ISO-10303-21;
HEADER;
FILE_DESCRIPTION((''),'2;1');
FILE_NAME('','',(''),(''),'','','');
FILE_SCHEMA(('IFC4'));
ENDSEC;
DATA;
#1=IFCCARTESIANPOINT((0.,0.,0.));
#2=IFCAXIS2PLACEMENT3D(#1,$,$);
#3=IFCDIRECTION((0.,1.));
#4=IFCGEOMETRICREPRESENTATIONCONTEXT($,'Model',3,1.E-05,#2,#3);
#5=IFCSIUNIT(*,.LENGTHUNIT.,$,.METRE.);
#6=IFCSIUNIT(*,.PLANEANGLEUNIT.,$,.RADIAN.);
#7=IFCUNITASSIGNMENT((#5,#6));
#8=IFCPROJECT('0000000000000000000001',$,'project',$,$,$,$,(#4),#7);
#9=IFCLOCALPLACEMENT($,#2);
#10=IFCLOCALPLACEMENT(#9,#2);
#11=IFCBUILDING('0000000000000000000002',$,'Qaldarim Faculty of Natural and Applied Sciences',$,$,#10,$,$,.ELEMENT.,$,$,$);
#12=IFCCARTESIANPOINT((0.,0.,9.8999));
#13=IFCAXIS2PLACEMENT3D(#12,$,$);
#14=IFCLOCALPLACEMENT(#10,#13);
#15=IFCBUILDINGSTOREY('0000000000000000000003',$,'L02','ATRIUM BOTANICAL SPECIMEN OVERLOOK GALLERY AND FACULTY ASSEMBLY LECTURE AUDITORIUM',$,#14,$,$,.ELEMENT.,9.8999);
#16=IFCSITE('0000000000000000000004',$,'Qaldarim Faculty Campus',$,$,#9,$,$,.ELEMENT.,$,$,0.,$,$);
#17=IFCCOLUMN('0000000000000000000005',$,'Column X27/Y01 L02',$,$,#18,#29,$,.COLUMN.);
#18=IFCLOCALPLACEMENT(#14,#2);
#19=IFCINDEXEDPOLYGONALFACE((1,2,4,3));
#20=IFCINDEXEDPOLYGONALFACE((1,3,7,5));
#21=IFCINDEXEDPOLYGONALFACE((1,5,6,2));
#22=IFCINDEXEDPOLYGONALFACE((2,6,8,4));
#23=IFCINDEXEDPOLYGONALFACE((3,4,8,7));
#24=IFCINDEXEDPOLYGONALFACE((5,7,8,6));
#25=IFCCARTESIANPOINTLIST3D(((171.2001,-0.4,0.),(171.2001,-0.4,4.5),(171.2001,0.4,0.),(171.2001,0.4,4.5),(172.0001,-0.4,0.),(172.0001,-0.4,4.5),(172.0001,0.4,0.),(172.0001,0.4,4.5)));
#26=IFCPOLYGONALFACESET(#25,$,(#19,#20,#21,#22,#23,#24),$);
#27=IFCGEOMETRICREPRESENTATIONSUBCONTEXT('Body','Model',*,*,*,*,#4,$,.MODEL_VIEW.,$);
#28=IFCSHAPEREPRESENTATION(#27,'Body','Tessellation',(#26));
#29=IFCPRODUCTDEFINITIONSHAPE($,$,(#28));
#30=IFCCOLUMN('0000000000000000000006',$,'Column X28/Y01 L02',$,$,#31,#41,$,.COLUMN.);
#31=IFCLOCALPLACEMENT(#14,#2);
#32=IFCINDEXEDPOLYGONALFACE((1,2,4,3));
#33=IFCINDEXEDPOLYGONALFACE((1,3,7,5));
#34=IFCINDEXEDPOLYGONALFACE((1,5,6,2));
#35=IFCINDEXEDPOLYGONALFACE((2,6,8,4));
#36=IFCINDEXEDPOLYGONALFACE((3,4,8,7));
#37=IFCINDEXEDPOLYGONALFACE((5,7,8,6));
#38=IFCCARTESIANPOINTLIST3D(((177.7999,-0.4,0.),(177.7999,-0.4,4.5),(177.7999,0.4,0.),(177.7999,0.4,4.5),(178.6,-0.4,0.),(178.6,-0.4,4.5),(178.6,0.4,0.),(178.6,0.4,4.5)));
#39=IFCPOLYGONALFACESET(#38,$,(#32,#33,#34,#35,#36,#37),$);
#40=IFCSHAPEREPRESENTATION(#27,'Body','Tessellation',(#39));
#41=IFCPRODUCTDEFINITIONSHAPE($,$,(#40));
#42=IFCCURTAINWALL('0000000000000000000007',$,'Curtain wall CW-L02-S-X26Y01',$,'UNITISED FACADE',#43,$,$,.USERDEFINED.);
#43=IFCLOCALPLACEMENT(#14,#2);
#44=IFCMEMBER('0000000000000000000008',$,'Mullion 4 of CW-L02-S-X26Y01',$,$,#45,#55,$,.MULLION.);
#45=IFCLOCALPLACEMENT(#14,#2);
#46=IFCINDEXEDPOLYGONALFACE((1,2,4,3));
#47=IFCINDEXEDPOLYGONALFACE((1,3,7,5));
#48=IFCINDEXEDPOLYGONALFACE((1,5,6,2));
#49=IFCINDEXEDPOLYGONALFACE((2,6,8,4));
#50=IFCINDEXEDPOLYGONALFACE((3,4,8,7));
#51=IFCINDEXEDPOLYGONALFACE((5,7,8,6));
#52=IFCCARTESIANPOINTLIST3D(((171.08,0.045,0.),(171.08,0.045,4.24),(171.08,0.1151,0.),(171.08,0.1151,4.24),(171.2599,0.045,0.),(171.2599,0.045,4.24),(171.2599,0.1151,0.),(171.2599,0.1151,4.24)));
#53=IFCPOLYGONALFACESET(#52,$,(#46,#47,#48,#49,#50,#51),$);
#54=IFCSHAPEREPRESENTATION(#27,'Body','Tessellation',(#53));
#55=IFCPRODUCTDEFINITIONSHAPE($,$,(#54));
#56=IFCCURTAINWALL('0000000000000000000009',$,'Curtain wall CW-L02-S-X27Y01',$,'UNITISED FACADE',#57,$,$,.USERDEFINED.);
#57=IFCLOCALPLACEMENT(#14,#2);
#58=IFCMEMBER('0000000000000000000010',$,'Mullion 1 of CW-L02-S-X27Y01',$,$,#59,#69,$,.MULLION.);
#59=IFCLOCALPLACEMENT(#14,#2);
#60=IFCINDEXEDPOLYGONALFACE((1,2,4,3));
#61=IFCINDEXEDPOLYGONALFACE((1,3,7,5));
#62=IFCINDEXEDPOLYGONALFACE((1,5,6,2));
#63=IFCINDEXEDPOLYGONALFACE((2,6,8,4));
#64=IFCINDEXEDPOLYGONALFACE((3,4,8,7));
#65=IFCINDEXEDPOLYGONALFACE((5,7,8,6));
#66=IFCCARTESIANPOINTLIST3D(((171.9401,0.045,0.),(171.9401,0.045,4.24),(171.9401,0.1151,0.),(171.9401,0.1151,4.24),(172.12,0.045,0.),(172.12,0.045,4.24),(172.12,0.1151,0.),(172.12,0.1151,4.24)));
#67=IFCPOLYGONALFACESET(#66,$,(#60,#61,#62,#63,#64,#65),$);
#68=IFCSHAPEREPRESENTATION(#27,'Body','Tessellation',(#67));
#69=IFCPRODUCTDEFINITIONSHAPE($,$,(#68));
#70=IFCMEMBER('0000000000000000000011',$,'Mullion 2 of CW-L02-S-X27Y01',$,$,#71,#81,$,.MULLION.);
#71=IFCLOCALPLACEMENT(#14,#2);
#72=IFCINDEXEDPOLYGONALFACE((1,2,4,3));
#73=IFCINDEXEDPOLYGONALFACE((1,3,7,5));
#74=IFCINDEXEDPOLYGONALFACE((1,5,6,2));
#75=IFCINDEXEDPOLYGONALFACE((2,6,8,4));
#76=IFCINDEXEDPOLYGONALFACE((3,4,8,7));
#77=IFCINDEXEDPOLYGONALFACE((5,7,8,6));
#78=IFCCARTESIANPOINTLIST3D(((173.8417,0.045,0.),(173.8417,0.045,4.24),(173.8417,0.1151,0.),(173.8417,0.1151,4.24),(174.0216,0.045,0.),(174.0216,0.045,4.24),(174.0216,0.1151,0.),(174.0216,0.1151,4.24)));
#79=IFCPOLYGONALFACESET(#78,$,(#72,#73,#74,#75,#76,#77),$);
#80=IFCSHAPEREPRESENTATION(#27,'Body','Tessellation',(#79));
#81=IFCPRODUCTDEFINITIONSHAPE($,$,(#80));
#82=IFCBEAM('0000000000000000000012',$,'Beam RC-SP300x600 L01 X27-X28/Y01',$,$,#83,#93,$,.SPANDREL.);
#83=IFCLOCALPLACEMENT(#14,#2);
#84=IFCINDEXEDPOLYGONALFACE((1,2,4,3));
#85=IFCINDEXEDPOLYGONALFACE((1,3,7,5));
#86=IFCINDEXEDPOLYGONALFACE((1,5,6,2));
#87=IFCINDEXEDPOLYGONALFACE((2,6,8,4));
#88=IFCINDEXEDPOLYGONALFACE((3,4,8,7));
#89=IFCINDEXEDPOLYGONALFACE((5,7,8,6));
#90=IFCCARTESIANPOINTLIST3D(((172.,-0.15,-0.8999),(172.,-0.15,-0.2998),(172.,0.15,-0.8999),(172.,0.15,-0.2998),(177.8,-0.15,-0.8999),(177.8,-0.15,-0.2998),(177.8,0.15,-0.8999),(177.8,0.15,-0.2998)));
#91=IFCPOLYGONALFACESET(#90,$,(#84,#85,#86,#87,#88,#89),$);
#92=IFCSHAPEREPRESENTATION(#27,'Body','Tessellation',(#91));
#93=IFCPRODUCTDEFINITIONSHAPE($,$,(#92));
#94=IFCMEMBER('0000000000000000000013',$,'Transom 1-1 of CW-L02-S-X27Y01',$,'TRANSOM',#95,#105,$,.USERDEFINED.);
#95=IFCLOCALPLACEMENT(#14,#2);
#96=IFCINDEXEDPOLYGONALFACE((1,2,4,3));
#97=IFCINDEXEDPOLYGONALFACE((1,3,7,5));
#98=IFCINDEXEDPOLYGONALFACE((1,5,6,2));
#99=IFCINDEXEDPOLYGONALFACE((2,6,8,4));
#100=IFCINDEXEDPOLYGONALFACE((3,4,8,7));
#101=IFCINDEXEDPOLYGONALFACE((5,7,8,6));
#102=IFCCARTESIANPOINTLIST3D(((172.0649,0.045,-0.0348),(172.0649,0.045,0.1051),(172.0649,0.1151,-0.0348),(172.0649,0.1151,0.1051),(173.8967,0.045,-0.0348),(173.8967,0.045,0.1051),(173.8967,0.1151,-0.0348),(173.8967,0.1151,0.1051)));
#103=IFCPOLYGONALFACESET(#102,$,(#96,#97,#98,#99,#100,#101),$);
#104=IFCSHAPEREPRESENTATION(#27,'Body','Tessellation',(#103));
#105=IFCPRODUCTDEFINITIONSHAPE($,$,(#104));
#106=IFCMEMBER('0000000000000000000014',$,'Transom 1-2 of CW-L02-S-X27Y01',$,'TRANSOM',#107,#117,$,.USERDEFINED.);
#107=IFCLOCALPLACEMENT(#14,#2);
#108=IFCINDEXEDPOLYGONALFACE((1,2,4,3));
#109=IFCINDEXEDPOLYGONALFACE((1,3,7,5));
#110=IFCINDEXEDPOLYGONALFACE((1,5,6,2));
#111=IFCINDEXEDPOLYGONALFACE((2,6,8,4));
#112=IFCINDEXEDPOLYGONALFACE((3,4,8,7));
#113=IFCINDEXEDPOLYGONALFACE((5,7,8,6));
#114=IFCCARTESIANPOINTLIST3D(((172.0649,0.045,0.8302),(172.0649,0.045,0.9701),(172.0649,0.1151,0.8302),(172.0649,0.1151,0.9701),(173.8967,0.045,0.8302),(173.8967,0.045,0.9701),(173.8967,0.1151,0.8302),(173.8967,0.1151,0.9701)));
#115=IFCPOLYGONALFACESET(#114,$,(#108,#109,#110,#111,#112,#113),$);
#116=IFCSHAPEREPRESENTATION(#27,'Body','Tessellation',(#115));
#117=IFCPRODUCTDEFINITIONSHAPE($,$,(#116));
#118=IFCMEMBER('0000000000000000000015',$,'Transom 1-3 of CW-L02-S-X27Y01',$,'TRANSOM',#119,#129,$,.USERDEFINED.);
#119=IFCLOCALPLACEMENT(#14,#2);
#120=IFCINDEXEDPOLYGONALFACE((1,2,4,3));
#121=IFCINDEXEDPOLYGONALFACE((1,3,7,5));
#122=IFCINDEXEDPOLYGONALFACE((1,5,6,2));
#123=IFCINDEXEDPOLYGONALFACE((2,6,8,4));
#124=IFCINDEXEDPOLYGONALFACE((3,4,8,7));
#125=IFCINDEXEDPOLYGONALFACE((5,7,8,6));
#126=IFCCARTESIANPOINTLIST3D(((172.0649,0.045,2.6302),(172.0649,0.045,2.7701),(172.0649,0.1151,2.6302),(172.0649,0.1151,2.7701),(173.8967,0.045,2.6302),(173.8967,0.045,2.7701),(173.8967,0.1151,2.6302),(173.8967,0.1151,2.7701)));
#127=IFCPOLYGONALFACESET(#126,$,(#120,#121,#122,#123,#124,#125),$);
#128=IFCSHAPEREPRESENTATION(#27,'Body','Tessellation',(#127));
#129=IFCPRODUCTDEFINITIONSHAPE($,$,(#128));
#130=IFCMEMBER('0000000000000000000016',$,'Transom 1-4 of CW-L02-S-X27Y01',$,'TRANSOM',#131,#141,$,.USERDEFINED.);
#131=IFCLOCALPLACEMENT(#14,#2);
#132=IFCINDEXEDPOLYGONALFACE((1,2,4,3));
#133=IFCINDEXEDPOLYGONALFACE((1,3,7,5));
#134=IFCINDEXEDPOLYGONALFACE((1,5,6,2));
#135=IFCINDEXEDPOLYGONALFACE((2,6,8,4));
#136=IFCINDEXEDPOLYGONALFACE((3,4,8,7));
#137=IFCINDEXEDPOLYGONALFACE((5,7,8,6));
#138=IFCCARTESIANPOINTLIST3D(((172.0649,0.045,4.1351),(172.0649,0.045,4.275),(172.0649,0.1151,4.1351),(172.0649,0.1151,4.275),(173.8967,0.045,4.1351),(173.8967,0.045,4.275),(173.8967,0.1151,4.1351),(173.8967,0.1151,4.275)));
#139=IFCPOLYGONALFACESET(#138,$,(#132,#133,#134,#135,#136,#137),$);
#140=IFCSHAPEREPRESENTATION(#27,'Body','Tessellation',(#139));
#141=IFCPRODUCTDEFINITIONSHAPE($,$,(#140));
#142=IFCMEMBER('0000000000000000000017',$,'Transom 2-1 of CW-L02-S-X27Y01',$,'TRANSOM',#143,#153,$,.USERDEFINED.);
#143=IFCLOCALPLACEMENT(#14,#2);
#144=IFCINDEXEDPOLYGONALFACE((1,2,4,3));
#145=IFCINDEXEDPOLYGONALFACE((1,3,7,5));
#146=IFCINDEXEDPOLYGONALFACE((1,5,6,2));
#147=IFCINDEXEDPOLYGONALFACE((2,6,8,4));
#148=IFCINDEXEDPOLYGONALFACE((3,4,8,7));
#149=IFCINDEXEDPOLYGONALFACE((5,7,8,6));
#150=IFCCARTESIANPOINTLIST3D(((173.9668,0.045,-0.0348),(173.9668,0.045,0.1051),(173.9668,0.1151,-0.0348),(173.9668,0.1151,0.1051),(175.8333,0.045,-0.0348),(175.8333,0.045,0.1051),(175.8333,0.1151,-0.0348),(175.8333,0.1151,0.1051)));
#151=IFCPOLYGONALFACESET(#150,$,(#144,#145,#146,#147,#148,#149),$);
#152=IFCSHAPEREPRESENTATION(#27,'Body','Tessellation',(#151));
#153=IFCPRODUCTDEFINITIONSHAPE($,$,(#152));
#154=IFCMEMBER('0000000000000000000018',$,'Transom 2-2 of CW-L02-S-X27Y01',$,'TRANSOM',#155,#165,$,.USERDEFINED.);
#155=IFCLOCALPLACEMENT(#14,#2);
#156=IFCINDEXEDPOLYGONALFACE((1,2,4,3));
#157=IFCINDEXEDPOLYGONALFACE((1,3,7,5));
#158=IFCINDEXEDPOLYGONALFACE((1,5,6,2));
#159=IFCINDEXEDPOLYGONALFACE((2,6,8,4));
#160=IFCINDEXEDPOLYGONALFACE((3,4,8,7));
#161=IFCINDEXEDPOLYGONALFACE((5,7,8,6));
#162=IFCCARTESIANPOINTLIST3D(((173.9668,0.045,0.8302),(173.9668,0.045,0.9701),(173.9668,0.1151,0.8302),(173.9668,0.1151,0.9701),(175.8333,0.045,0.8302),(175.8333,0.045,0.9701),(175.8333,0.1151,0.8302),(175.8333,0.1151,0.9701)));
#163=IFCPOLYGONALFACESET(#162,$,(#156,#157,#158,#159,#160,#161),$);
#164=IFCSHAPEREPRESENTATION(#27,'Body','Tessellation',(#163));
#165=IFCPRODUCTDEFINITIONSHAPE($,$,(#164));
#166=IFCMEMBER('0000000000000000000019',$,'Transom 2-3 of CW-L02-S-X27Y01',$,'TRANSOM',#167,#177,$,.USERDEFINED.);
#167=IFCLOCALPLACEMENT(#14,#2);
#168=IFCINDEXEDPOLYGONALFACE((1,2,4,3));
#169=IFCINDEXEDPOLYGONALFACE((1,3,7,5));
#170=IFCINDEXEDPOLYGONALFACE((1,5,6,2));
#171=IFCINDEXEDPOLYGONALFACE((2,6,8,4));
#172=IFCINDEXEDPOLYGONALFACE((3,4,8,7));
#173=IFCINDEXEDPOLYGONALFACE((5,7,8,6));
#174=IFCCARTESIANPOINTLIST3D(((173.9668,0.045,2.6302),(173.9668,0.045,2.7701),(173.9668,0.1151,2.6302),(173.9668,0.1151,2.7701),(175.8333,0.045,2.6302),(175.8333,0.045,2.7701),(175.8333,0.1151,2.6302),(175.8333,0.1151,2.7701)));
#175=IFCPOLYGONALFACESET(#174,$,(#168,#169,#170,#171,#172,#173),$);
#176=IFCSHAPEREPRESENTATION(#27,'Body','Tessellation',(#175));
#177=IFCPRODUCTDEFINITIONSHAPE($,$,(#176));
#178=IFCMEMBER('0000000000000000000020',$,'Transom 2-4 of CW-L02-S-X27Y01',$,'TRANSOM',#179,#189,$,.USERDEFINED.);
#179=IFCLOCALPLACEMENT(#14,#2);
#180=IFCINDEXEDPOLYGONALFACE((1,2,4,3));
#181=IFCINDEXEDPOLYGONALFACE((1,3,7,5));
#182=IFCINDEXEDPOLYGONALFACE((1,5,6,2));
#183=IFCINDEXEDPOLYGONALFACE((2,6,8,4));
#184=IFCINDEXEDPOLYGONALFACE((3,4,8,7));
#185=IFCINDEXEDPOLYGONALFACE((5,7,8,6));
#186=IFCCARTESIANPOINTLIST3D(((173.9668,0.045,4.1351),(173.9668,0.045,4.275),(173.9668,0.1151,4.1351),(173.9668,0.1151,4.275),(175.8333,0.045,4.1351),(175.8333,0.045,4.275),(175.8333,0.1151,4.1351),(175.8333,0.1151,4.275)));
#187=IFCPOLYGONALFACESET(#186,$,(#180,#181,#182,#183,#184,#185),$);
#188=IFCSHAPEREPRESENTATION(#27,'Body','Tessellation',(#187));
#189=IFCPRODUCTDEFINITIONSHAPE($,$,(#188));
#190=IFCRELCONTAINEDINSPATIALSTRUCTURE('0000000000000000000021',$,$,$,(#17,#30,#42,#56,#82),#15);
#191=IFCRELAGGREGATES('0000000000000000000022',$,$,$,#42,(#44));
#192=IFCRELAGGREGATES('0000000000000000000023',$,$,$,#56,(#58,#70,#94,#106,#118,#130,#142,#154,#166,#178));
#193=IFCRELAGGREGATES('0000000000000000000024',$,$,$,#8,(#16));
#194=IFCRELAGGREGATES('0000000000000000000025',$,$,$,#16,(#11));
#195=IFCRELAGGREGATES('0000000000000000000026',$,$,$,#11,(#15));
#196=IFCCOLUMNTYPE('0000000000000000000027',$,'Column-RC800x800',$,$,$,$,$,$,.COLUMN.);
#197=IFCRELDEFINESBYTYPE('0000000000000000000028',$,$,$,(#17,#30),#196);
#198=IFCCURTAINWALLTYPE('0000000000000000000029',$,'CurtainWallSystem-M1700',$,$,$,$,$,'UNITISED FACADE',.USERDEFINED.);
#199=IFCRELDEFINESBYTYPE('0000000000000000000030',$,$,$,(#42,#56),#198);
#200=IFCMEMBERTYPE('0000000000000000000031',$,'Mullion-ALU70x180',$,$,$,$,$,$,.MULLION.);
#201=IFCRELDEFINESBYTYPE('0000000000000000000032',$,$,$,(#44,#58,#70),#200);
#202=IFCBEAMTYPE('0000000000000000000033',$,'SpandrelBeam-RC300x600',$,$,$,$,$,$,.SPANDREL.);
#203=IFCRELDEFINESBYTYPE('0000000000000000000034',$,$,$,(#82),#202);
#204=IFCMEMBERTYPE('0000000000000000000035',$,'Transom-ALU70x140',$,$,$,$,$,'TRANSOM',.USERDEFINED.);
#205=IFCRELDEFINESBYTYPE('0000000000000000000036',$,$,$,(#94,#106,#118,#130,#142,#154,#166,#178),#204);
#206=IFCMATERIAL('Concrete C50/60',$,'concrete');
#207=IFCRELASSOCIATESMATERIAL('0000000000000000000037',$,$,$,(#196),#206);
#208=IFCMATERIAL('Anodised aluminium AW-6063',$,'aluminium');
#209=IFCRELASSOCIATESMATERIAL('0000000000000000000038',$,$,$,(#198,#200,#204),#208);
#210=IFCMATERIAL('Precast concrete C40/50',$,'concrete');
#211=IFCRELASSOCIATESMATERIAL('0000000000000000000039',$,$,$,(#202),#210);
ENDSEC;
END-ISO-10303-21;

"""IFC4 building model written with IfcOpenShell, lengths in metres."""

from ifc_helpers import new_model, si_unit, direction, frame, origin, origin_2d, place, context, subcontext, project, spatial, rectangle, extrude, material, material_profile, profile_set, type_object, element, aggregate, save


model = new_model("IFC4")

# Units and contexts
model_context = context("Model", 3, precision=1e-05, world=origin(), true_north=direction((0.0, 1.0)))
body_context = subcontext(model_context, "Body", "Model", "MODEL_VIEW")
ifc_project = project(units=[si_unit("LENGTHUNIT", "METRE"), si_unit("PLANEANGLEUNIT", "RADIAN")], contexts=[model_context])

# Site, building, storey
site_placement = place(None, origin())
site = spatial("IfcSite", under=ifc_project, at=site_placement, Name="Qaldarim Faculty Campus", CompositionType="ELEMENT", RefElevation=0.0)
building_placement = place(site_placement, origin())
building = spatial("IfcBuilding", under=site, at=building_placement, Name="Qaldarim Faculty of Natural and Applied Sciences", CompositionType="ELEMENT")
storey_placement = place(building_placement, frame((0.0, 0.0, 9.8999)))
storey = spatial("IfcBuildingStorey", under=building, at=storey_placement, Name="L02", Description="ATRIUM BOTANICAL SPECIMEN OVERLOOK GALLERY AND FACULTY ASSEMBLY LECTURE AUDITORIUM", CompositionType="ELEMENT", Elevation=9.8999)

# Columns
ifc_material_1 = material(Name="Concrete C50/60", Category="concrete")
ifc_material_profile_1 = material_profile(ifc_material_1, rectangle(XDim=0.8, YDim=0.8, at=origin_2d()), Name="RC-C800x800")
ifc_profile_set_1 = profile_set([ifc_material_profile_1], Name="Concrete C50/60")
column_type = type_object("IfcColumnType", Name="Column-RC800x800", PredefinedType="COLUMN", material=ifc_profile_set_1)
for number, where, z_axis, x_axis, name in (
    (1, (171.6001, 0.0, 0.0), (0.0, 0.0, 1.0), (1.0, 0.0, 0.0), "Column X27/Y01 L02"),
    (2, (178.2, 0.0, 0.0), (0.0, 0.0, 1.0), (1.0, 0.0, 0.0), "Column X28/Y01 L02"),
):
    element("IfcColumn", number, at=place(storey_placement, frame(where, z_axis=z_axis, x_axis=x_axis)), inside=storey, type_object=column_type, Name=name, PredefinedType="COLUMN", context=body_context, shape_type="SweptSolid", body=[
        extrude(rectangle(XDim=0.8, YDim=0.8, at=origin_2d()), origin(), (0.0, 0.0, 1.0), 4.5),
    ])

# Curtain wall, member
ifc_material_2 = material(Name="Anodised aluminium AW-6063", Category="aluminium")
curtain_wall_type = type_object("IfcCurtainWallType", Name="CurtainWallSystem-M1700", ElementType="UNITISED FACADE", PredefinedType="USERDEFINED", material=ifc_material_2)
curtain_wall_1_placement = place(storey_placement, origin())
curtain_wall_1 = element("IfcCurtainWall", 3, at=curtain_wall_1_placement, inside=storey, type_object=curtain_wall_type, Name="Curtain wall CW-L02-S-X26Y01", ObjectType="UNITISED FACADE", PredefinedType="USERDEFINED")
ifc_material_profile_2 = material_profile(ifc_material_2, rectangle(XDim=0.0701, YDim=0.1799, at=origin_2d()), Name="ALU-M70x180")
ifc_profile_set_2 = profile_set([ifc_material_profile_2], Name="Anodised aluminium AW-6063")
member_type_1 = type_object("IfcMemberType", Name="Mullion-ALU70x180", PredefinedType="MULLION", material=ifc_profile_set_2)
member_1_placement = place(storey_placement, frame((171.1699, 0.0801, 0.0), z_axis=(0.0, 0.0, 1.0), x_axis=(0.0, 1.0, 0.0)))
member_1 = element("IfcMember", 4, at=member_1_placement, type_object=member_type_1, Name="Mullion 4 of CW-L02-S-X26Y01", PredefinedType="MULLION", context=body_context, shape_type="SweptSolid", body=[
    extrude(rectangle(XDim=0.0701, YDim=0.1799, at=origin_2d()), origin(), (0.0, 0.0, 1.0), 4.24),
])

# Curtain wall, members
curtain_wall_2_placement = place(storey_placement, origin())
curtain_wall_2 = element("IfcCurtainWall", 5, at=curtain_wall_2_placement, inside=storey, type_object=curtain_wall_type, Name="Curtain wall CW-L02-S-X27Y01", ObjectType="UNITISED FACADE", PredefinedType="USERDEFINED")
member_2_placement = place(storey_placement, frame((172.03, 0.0801, 0.0), z_axis=(0.0, 0.0, 1.0), x_axis=(0.0, 1.0, 0.0)))
member_2 = element("IfcMember", 6, at=member_2_placement, type_object=member_type_1, Name="Mullion 1 of CW-L02-S-X27Y01", PredefinedType="MULLION", context=body_context, shape_type="SweptSolid", body=[
    extrude(rectangle(XDim=0.0701, YDim=0.1799, at=origin_2d()), origin(), (0.0, 0.0, 1.0), 4.24),
])
member_3_placement = place(storey_placement, frame((173.9316, 0.0801, 0.0), z_axis=(0.0, 0.0, 1.0), x_axis=(0.0, 1.0, 0.0)))
member_3 = element("IfcMember", 7, at=member_3_placement, type_object=member_type_1, Name="Mullion 2 of CW-L02-S-X27Y01", PredefinedType="MULLION", context=body_context, shape_type="SweptSolid", body=[
    extrude(rectangle(XDim=0.0701, YDim=0.1799, at=origin_2d()), origin(), (0.0, 0.0, 1.0), 4.24),
])

# Beam
ifc_material_3 = material(Name="Precast concrete C40/50", Category="concrete")
ifc_material_profile_3 = material_profile(ifc_material_3, rectangle(XDim=0.3, YDim=0.6001, at=origin_2d()), Name="RC-SP300x600")
ifc_profile_set_3 = profile_set([ifc_material_profile_3], Name="Precast concrete C40/50")
beam_type = type_object("IfcBeamType", Name="SpandrelBeam-RC300x600", PredefinedType="SPANDREL", material=ifc_profile_set_3)
beam_placement = place(storey_placement, frame((172.0, 0.0, -0.5999), z_axis=(1.0, 0.0, 0.0), x_axis=(0.0, 1.0, 0.0)))
element("IfcBeam", 8, at=beam_placement, inside=storey, type_object=beam_type, Name="Beam RC-SP300x600 L01 X27-X28/Y01", PredefinedType="SPANDREL", context=body_context, shape_type="SweptSolid", body=[
    extrude(rectangle(XDim=0.3, YDim=0.6001, at=origin_2d()), origin(), (0.0, 0.0, 1.0), 5.8),
])

# Members
ifc_material_profile_4 = material_profile(ifc_material_2, rectangle(XDim=0.0701, YDim=0.1399, at=origin_2d()), Name="ALU-T70x140")
ifc_profile_set_4 = profile_set([ifc_material_profile_4], Name="Anodised aluminium AW-6063")
member_type_2 = type_object("IfcMemberType", Name="Transom-ALU70x140", ElementType="TRANSOM", PredefinedType="USERDEFINED", material=ifc_profile_set_4)
member_4_placement = place(storey_placement, frame((172.0649, 0.0801, 0.0352), z_axis=(1.0, 0.0, 0.0), x_axis=(0.0, 1.0, 0.0)))
member_4 = element("IfcMember", 9, at=member_4_placement, type_object=member_type_2, Name="Transom 1-1 of CW-L02-S-X27Y01", ObjectType="TRANSOM", PredefinedType="USERDEFINED", context=body_context, shape_type="SweptSolid", body=[
    extrude(rectangle(XDim=0.0701, YDim=0.1399, at=origin_2d()), origin(), (0.0, 0.0, 1.0), 1.8318),
])
member_5_placement = place(storey_placement, frame((172.0649, 0.0801, 0.9001), z_axis=(1.0, 0.0, 0.0), x_axis=(0.0, 1.0, 0.0)))
member_5 = element("IfcMember", 10, at=member_5_placement, type_object=member_type_2, Name="Transom 1-2 of CW-L02-S-X27Y01", ObjectType="TRANSOM", PredefinedType="USERDEFINED", context=body_context, shape_type="SweptSolid", body=[
    extrude(rectangle(XDim=0.0701, YDim=0.1399, at=origin_2d()), origin(), (0.0, 0.0, 1.0), 1.8318),
])
member_6_placement = place(storey_placement, frame((172.0649, 0.0801, 2.7002), z_axis=(1.0, 0.0, 0.0), x_axis=(0.0, 1.0, 0.0)))
member_6 = element("IfcMember", 11, at=member_6_placement, type_object=member_type_2, Name="Transom 1-3 of CW-L02-S-X27Y01", ObjectType="TRANSOM", PredefinedType="USERDEFINED", context=body_context, shape_type="SweptSolid", body=[
    extrude(rectangle(XDim=0.0701, YDim=0.1399, at=origin_2d()), origin(), (0.0, 0.0, 1.0), 1.8318),
])
member_7_placement = place(storey_placement, frame((172.0649, 0.0801, 4.2051), z_axis=(1.0, 0.0, 0.0), x_axis=(0.0, 1.0, 0.0)))
member_7 = element("IfcMember", 12, at=member_7_placement, type_object=member_type_2, Name="Transom 1-4 of CW-L02-S-X27Y01", ObjectType="TRANSOM", PredefinedType="USERDEFINED", context=body_context, shape_type="SweptSolid", body=[
    extrude(rectangle(XDim=0.0701, YDim=0.1399, at=origin_2d()), origin(), (0.0, 0.0, 1.0), 1.8318),
])
member_8_placement = place(storey_placement, frame((173.9668, 0.0801, 0.0352), z_axis=(1.0, 0.0, 0.0), x_axis=(0.0, 1.0, 0.0)))
member_8 = element("IfcMember", 13, at=member_8_placement, type_object=member_type_2, Name="Transom 2-1 of CW-L02-S-X27Y01", ObjectType="TRANSOM", PredefinedType="USERDEFINED", context=body_context, shape_type="SweptSolid", body=[
    extrude(rectangle(XDim=0.0701, YDim=0.1399, at=origin_2d()), origin(), (0.0, 0.0, 1.0), 1.8665),
])
member_9_placement = place(storey_placement, frame((173.9668, 0.0801, 0.9001), z_axis=(1.0, 0.0, 0.0), x_axis=(0.0, 1.0, 0.0)))
member_9 = element("IfcMember", 14, at=member_9_placement, type_object=member_type_2, Name="Transom 2-2 of CW-L02-S-X27Y01", ObjectType="TRANSOM", PredefinedType="USERDEFINED", context=body_context, shape_type="SweptSolid", body=[
    extrude(rectangle(XDim=0.0701, YDim=0.1399, at=origin_2d()), origin(), (0.0, 0.0, 1.0), 1.8665),
])
member_10_placement = place(storey_placement, frame((173.9668, 0.0801, 2.7002), z_axis=(1.0, 0.0, 0.0), x_axis=(0.0, 1.0, 0.0)))
member_10 = element("IfcMember", 15, at=member_10_placement, type_object=member_type_2, Name="Transom 2-3 of CW-L02-S-X27Y01", ObjectType="TRANSOM", PredefinedType="USERDEFINED", context=body_context, shape_type="SweptSolid", body=[
    extrude(rectangle(XDim=0.0701, YDim=0.1399, at=origin_2d()), origin(), (0.0, 0.0, 1.0), 1.8665),
])
member_11_placement = place(storey_placement, frame((173.9668, 0.0801, 4.2051), z_axis=(1.0, 0.0, 0.0), x_axis=(0.0, 1.0, 0.0)))
member_11 = element("IfcMember", 16, at=member_11_placement, type_object=member_type_2, Name="Transom 2-4 of CW-L02-S-X27Y01", ObjectType="TRANSOM", PredefinedType="USERDEFINED", context=body_context, shape_type="SweptSolid", body=[
    extrude(rectangle(XDim=0.0701, YDim=0.1399, at=origin_2d()), origin(), (0.0, 0.0, 1.0), 1.8665),
])

aggregate(curtain_wall_1, [member_1])
aggregate(curtain_wall_2, [member_2, member_3, member_4, member_5, member_6, member_7, member_8, member_9, member_10, member_11])

save(model, "model.ifc")
